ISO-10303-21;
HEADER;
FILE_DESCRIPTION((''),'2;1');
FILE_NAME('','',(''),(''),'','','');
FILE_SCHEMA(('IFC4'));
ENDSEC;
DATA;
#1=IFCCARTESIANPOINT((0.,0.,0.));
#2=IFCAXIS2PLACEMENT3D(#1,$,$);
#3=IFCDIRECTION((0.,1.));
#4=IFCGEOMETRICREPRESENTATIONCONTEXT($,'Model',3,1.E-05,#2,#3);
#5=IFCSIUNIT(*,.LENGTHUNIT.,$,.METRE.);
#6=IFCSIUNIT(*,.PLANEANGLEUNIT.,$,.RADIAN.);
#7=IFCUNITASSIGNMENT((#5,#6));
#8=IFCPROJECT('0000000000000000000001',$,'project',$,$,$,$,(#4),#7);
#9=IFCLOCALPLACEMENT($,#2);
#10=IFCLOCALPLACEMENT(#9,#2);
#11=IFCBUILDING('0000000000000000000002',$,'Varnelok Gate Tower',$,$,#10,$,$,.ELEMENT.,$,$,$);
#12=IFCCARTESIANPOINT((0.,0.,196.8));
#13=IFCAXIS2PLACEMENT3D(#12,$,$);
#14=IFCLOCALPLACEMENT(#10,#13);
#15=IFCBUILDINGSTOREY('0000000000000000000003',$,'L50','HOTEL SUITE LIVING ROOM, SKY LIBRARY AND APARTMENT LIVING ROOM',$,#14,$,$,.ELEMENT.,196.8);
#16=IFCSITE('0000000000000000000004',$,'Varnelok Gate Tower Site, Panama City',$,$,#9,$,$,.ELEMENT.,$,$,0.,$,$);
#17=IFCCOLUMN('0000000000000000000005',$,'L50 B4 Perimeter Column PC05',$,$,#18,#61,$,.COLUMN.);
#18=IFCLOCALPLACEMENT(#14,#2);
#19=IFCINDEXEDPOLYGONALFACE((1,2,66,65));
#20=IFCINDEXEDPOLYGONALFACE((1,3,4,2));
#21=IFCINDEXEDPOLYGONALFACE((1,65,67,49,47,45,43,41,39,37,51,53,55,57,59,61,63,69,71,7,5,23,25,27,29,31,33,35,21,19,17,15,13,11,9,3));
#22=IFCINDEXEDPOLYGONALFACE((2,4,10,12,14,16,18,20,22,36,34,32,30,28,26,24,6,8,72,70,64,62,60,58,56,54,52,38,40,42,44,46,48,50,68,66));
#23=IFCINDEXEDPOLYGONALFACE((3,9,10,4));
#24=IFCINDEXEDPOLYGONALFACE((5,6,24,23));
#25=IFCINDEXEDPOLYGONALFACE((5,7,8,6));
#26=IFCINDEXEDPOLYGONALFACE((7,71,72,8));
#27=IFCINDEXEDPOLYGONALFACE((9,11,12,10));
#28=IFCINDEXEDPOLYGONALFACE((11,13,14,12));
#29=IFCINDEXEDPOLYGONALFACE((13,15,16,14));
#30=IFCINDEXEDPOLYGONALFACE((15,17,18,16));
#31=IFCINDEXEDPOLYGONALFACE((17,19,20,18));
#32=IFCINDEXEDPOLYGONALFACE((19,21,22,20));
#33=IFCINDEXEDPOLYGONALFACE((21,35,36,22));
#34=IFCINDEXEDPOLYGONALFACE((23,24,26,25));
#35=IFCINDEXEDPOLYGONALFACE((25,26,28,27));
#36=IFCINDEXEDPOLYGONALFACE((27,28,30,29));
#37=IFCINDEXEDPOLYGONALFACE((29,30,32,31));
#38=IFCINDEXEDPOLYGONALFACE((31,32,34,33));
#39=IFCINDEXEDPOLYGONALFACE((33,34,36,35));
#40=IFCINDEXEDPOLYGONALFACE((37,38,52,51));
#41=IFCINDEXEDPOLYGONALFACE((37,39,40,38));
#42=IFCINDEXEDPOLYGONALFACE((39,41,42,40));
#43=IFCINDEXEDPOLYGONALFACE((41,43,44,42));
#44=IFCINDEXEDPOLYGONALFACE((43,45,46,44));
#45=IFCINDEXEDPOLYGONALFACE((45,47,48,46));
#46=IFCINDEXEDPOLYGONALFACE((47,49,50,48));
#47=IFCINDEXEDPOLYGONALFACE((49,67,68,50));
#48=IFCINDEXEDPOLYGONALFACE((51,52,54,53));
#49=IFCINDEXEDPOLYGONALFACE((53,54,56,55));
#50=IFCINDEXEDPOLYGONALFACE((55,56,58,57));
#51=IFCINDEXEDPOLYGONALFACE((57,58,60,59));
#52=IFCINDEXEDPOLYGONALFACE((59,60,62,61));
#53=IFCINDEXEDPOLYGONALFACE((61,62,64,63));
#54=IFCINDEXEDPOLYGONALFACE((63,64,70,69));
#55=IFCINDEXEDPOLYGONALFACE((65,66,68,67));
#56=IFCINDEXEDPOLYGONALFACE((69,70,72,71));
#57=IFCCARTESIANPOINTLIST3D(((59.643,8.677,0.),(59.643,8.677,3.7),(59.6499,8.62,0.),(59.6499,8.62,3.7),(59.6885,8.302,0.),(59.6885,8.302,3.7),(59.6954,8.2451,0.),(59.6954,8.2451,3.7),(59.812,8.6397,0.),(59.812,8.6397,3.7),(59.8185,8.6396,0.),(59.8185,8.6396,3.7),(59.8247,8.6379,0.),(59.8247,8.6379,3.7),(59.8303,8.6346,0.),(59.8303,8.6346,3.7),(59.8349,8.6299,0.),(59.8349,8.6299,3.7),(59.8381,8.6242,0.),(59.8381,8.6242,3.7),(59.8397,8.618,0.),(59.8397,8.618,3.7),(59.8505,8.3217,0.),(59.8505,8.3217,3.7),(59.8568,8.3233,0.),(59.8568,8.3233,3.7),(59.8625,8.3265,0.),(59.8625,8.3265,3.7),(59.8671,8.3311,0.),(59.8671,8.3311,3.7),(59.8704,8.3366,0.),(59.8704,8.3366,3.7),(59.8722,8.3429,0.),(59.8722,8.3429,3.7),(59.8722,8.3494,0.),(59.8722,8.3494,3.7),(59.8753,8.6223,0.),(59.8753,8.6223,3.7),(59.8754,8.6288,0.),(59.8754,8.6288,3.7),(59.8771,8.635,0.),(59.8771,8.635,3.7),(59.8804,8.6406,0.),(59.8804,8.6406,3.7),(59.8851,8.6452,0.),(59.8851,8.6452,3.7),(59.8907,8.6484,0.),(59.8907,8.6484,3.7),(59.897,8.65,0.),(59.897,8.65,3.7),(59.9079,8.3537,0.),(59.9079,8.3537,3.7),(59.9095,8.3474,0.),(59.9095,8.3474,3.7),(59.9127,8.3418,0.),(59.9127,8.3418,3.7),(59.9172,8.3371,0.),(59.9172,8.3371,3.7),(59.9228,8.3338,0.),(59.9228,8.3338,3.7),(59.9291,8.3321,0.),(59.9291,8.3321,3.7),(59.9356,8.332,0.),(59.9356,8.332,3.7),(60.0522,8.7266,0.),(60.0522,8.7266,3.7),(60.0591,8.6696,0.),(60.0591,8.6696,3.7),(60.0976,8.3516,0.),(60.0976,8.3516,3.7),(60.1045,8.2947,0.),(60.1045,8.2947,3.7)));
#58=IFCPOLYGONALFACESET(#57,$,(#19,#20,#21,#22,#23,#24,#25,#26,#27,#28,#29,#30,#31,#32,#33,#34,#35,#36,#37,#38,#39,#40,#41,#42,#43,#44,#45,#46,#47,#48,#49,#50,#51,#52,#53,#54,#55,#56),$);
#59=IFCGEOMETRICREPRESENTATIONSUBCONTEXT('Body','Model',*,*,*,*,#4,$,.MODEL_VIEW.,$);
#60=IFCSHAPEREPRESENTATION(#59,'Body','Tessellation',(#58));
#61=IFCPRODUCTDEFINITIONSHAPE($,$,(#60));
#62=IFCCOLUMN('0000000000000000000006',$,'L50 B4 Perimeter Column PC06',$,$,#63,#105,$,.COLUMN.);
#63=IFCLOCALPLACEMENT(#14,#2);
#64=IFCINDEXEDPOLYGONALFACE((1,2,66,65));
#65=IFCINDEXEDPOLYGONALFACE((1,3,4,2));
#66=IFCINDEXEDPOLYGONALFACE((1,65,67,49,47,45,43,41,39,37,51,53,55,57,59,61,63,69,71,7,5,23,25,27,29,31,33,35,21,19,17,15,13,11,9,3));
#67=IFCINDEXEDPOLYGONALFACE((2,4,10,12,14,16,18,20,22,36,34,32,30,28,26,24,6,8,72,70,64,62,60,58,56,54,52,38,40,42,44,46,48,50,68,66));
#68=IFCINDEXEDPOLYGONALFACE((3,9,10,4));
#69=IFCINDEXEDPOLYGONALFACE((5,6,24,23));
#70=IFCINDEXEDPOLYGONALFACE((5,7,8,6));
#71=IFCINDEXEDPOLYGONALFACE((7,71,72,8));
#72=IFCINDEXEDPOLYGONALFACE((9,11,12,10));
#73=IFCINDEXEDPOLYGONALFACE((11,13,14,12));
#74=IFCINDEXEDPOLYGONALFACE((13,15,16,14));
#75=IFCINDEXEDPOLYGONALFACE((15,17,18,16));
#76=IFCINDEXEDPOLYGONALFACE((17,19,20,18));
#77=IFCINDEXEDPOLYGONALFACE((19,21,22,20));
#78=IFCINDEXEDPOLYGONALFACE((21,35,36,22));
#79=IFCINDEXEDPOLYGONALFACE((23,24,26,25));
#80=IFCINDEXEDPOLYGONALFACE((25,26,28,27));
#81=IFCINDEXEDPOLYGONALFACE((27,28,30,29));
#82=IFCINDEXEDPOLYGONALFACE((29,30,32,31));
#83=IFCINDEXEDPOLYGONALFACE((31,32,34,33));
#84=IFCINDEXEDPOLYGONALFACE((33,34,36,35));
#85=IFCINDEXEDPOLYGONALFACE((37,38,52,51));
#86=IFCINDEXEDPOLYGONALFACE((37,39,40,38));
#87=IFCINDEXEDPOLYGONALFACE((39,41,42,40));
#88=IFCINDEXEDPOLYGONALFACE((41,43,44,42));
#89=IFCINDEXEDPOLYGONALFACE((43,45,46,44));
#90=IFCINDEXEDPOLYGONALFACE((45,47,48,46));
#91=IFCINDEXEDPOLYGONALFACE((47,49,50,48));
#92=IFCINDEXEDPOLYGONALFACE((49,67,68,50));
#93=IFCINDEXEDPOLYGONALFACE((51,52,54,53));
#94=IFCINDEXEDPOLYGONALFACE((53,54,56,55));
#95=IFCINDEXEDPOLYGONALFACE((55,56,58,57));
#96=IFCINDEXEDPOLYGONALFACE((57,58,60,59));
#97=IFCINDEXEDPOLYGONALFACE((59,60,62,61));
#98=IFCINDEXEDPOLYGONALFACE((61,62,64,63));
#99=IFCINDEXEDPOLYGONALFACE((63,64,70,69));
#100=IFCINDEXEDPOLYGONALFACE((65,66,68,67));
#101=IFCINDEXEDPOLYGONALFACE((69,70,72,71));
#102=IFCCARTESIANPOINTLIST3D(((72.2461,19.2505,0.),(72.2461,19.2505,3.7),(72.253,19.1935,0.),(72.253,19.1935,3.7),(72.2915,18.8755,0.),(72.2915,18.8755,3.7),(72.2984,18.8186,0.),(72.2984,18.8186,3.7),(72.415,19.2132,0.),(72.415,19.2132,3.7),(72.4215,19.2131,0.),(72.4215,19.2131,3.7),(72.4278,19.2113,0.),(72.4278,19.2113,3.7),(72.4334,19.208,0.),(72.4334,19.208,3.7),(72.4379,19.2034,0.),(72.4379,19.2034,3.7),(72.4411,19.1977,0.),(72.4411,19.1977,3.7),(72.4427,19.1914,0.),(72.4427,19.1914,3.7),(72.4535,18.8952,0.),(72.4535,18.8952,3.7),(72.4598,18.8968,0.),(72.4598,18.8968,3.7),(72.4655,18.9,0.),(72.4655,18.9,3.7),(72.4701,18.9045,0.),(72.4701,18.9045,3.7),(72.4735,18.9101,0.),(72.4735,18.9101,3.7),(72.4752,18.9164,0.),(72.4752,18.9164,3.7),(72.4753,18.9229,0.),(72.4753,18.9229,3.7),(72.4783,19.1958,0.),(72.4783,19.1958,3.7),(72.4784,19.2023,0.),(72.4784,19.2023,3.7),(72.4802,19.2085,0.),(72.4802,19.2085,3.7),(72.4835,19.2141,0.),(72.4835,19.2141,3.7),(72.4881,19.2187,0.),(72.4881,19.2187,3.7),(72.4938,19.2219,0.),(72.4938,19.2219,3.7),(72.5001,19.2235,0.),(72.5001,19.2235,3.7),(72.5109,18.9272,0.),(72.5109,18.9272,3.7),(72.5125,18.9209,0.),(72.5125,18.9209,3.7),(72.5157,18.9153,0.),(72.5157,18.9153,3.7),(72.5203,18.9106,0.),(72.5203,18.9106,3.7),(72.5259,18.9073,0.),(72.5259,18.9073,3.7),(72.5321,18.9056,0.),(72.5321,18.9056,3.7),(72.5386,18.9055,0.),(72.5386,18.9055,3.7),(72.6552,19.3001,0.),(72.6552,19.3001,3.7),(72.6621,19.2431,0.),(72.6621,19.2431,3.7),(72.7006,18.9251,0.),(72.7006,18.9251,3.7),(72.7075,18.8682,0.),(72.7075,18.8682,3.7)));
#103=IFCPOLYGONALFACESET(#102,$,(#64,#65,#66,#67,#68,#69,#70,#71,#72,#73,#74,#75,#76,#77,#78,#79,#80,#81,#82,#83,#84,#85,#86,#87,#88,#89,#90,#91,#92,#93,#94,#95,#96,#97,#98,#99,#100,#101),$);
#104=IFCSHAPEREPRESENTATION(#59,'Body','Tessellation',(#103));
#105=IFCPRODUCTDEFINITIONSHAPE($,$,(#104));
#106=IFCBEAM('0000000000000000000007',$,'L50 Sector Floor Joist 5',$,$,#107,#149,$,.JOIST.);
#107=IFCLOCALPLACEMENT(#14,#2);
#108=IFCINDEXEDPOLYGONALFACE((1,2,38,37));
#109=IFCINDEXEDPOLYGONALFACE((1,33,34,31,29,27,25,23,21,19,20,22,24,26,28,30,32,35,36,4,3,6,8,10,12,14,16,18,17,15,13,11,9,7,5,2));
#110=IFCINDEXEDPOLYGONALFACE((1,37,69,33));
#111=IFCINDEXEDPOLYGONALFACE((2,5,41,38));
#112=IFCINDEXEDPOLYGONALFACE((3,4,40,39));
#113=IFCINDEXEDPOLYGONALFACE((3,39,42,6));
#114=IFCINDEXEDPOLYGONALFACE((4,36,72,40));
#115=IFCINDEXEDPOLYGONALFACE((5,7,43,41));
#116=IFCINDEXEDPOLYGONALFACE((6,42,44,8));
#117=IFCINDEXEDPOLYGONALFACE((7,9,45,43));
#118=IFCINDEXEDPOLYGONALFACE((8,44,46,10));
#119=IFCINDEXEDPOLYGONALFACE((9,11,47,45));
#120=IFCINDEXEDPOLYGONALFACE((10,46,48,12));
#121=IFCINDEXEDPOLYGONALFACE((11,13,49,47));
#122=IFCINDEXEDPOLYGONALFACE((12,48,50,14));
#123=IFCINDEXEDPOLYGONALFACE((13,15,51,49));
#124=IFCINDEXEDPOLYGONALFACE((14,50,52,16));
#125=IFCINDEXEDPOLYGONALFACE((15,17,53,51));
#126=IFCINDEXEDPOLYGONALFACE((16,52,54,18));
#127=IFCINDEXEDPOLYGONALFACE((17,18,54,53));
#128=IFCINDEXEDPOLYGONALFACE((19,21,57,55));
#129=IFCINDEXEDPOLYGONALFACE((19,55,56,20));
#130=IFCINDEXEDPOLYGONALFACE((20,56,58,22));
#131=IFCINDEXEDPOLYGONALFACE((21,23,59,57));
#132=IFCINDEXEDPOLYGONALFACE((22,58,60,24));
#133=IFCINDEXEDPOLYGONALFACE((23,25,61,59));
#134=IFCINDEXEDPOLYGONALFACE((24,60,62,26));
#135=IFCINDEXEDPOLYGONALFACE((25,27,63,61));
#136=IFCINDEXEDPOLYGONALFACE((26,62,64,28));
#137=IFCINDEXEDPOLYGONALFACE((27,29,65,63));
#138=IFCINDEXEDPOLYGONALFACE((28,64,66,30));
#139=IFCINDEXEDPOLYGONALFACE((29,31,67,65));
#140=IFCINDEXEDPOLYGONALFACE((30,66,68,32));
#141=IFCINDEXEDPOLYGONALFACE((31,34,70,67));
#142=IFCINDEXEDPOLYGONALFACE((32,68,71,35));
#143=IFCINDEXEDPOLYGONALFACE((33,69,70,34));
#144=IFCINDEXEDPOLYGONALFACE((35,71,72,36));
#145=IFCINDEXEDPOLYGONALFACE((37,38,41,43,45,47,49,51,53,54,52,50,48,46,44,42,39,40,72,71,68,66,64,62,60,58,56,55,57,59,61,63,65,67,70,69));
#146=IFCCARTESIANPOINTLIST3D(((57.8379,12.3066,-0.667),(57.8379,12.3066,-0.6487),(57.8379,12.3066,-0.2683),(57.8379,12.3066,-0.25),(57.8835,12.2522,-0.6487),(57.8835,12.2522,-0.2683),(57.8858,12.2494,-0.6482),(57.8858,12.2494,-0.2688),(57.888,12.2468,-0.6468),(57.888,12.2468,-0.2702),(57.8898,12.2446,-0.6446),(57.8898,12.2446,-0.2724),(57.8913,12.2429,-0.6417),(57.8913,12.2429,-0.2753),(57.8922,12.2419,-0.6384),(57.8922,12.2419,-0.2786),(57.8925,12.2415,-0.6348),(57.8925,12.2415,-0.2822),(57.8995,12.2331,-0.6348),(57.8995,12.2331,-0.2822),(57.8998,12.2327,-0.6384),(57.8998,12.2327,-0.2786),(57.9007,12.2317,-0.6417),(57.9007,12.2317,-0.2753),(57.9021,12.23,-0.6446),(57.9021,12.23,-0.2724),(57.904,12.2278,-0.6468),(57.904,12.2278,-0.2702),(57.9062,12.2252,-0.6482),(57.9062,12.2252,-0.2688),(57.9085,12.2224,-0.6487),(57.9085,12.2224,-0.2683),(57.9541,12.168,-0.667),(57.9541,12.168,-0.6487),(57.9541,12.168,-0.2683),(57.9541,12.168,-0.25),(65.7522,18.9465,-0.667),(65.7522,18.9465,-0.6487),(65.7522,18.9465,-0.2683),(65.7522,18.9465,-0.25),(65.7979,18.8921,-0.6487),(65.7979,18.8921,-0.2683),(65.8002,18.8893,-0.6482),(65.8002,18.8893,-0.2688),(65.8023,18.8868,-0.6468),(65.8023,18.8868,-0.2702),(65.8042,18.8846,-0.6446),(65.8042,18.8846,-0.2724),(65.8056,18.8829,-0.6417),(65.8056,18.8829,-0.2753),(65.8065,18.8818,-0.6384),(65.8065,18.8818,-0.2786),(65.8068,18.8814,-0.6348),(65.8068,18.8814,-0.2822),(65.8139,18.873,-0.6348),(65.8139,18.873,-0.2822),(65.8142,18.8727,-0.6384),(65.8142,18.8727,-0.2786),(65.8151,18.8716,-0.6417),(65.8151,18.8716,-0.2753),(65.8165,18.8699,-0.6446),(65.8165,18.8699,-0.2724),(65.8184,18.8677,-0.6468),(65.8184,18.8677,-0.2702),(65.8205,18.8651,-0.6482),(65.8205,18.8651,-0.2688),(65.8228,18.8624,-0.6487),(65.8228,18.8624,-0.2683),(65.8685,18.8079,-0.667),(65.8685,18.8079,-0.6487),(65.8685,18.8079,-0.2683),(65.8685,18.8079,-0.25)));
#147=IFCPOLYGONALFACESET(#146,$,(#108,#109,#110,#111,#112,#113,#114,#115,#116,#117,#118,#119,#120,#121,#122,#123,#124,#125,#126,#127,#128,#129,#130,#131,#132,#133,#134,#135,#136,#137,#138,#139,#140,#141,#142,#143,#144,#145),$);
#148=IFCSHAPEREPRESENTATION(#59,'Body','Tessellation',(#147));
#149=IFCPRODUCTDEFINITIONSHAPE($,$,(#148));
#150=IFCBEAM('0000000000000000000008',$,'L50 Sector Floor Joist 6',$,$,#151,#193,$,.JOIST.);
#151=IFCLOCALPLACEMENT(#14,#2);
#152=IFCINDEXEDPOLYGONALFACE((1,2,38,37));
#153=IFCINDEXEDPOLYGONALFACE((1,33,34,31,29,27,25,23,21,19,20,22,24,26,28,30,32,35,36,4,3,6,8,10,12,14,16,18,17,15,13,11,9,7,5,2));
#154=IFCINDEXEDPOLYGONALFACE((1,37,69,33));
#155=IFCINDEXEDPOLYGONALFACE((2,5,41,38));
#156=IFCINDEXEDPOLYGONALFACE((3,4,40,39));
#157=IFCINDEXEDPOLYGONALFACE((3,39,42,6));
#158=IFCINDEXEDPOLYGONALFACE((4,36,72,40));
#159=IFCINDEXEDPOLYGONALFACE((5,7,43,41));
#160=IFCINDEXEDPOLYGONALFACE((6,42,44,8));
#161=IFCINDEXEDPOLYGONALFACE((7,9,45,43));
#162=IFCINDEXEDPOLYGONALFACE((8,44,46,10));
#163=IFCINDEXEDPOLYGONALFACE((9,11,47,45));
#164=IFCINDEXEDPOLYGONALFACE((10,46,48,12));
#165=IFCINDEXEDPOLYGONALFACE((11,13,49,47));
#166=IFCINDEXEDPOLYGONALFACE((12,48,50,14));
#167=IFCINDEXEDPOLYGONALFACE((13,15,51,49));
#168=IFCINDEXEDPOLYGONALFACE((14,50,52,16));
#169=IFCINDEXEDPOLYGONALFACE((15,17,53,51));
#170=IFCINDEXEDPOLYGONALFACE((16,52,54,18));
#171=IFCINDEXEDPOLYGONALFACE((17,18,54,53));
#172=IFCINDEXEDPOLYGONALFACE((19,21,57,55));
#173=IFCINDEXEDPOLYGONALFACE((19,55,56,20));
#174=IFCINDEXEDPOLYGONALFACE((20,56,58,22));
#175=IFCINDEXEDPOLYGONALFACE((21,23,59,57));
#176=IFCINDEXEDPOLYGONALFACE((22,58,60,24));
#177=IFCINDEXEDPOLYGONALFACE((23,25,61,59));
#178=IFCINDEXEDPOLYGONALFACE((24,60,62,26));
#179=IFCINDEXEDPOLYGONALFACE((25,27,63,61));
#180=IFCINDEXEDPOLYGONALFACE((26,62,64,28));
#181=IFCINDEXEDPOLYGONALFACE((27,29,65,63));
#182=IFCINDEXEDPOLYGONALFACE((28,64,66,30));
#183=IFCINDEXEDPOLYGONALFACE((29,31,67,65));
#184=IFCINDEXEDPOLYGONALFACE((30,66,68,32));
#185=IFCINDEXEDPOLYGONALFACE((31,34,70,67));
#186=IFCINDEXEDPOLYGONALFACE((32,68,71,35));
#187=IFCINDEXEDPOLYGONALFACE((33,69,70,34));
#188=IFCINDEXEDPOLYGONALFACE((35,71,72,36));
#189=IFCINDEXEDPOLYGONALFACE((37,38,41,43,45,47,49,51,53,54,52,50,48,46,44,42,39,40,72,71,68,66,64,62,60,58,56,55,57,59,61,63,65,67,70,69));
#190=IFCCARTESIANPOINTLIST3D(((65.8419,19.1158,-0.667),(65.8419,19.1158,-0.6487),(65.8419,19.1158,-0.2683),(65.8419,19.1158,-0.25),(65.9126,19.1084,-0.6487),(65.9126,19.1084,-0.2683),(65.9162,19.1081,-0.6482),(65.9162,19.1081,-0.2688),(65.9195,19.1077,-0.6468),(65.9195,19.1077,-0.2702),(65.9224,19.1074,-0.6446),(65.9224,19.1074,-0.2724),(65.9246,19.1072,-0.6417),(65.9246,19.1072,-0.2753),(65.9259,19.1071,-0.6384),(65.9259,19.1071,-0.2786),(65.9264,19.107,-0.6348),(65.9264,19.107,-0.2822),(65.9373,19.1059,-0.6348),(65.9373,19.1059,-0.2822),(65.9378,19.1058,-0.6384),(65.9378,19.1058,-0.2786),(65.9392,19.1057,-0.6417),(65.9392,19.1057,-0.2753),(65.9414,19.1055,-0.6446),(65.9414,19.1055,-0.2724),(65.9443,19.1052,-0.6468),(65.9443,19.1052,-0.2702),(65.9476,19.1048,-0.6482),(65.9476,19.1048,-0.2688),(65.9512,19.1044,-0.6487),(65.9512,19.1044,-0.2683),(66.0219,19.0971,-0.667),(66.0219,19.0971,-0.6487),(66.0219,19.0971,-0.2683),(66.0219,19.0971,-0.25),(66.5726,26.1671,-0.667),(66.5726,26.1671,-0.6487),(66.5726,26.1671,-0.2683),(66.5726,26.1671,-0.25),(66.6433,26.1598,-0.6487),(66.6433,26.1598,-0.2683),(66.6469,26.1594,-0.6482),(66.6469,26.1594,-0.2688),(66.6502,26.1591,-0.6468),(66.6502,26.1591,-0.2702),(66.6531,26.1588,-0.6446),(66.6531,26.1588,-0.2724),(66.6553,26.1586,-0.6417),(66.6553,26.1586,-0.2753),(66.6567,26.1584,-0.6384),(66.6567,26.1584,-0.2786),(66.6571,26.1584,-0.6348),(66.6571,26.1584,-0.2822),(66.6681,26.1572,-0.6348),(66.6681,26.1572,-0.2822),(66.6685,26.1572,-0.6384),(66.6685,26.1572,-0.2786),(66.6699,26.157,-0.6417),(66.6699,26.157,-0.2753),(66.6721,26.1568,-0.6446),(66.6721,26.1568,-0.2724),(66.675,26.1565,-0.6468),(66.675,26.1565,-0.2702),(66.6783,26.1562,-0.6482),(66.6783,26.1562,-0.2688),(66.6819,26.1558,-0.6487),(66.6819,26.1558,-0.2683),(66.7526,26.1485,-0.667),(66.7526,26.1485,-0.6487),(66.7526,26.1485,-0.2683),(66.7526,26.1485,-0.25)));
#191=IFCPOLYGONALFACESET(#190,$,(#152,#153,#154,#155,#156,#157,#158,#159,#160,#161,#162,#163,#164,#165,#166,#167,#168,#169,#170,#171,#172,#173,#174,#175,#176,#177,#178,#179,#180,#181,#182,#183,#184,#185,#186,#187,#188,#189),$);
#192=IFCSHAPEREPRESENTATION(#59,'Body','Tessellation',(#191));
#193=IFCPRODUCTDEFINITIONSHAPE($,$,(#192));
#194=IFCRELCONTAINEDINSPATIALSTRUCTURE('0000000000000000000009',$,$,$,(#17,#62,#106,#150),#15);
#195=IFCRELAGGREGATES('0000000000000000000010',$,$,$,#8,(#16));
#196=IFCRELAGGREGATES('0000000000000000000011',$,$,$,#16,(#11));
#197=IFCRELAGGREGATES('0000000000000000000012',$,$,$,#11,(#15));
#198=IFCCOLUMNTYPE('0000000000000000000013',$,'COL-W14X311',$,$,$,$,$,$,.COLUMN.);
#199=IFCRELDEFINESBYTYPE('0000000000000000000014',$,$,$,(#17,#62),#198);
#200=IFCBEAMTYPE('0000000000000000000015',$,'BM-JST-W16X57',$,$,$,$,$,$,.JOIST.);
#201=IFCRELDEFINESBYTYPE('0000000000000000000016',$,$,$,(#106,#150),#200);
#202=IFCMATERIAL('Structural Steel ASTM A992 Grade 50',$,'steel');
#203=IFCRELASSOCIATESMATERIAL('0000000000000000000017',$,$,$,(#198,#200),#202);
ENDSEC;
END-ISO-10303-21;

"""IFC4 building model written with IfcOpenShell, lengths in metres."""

from ifc_helpers import new_model, si_unit, direction, frame, origin, origin_2d, place, context, subcontext, project, spatial, i_section, extrude, material, material_profile, profile_set, type_object, element, save


model = new_model("IFC4")

# Units and contexts
model_context = context("Model", 3, precision=1e-05, world=origin(), true_north=direction((0.0, 1.0)))
body_context = subcontext(model_context, "Body", "Model", "MODEL_VIEW")
ifc_project = project(units=[si_unit("LENGTHUNIT", "METRE"), si_unit("PLANEANGLEUNIT", "RADIAN")], contexts=[model_context])

# Site, building, storey
site_placement = place(None, origin())
site = spatial("IfcSite", under=ifc_project, at=site_placement, Name="Varnelok Gate Tower Site, Panama City", CompositionType="ELEMENT", RefElevation=0.0)
building_placement = place(site_placement, origin())
building = spatial("IfcBuilding", under=site, at=building_placement, Name="Varnelok Gate Tower", CompositionType="ELEMENT")
storey_placement = place(building_placement, frame((0.0, 0.0, 196.8)))
storey = spatial("IfcBuildingStorey", under=building, at=storey_placement, Name="L50", Description="HOTEL SUITE LIVING ROOM, SKY LIBRARY AND APARTMENT LIVING ROOM", CompositionType="ELEMENT", Elevation=196.8)

# Columns
ifc_material_1 = material(Name="Structural Steel ASTM A992 Grade 50", Category="steel")
ifc_material_profile_1 = material_profile(ifc_material_1, i_section(OverallWidth=0.4121, OverallDepth=0.4351, WebThickness=0.0359, FlangeThickness=0.0574, FilletRadius=0.0249, at=origin_2d()), Name="W14X311")
ifc_profile_set_1 = profile_set([ifc_material_profile_1], Name="Structural Steel ASTM A992 Grade 50")
column_type = type_object("IfcColumnType", Name="COL-W14X311", PredefinedType="COLUMN", material=ifc_profile_set_1)
for number, where, z_axis, x_axis, name in (
    (1, (59.8738, 8.4858, 0.0), (0.0, 0.0, 1.0), (0.992732, 0.120345, 0.0), "L50 B4 Perimeter Column PC05"),
    (2, (72.4768, 19.0593, 0.0), (0.0, 0.0, 1.0), (0.992732, 0.120345, 0.0), "L50 B4 Perimeter Column PC06"),
):
    element("IfcColumn", number, at=place(storey_placement, frame(where, z_axis=z_axis, x_axis=x_axis)), inside=storey, type_object=column_type, Name=name, PredefinedType="COLUMN", context=body_context, shape_type="SweptSolid", body=[
        extrude(i_section(OverallWidth=0.4121, OverallDepth=0.4351, WebThickness=0.0359, FlangeThickness=0.0574, FilletRadius=0.0249, at=origin_2d()), origin(), (0.0, 0.0, 1.0), 3.7),
    ])

# Beams
ifc_material_profile_2 = material_profile(ifc_material_1, i_section(OverallWidth=0.1809, OverallDepth=0.417, WebThickness=0.011, FlangeThickness=0.0183, FilletRadius=0.0139, at=origin_2d()), Name="W16X57")
ifc_profile_set_2 = profile_set([ifc_material_profile_2], Name="Structural Steel ASTM A992 Grade 50")
beam_type_1 = type_object("IfcBeamType", Name="BM-JST-W16X57", PredefinedType="JOIST", material=ifc_profile_set_2)
beam_1_placement = place(storey_placement, frame((57.896, 12.2373, -0.4585), z_axis=(0.766092, 0.642731, 0.0), x_axis=(-0.642731, 0.766092, 0.0)))
element("IfcBeam", 3, at=beam_1_placement, inside=storey, type_object=beam_type_1, Name="L50 Sector Floor Joist 5", PredefinedType="JOIST", context=body_context, shape_type="SweptSolid", body=[
    extrude(i_section(OverallWidth=0.1809, OverallDepth=0.417, WebThickness=0.011, FlangeThickness=0.0183, FilletRadius=0.0139, at=origin_2d()), origin(), (0.0, 0.0, 1.0), 10.3308),
])
beam_2_placement = place(storey_placement, frame((65.9319, 19.1064, -0.4585), z_axis=(0.103077, 0.994673, 0.0), x_axis=(-0.994673, 0.103077, 0.0)))
element("IfcBeam", 4, at=beam_2_placement, inside=storey, type_object=beam_type_1, Name="L50 Sector Floor Joist 6", PredefinedType="JOIST", context=body_context, shape_type="SweptSolid", body=[
    extrude(i_section(OverallWidth=0.1809, OverallDepth=0.417, WebThickness=0.011, FlangeThickness=0.0183, FilletRadius=0.0139, at=origin_2d()), origin(), (0.0, 0.0, 1.0), 7.0891),
])

save(model, "model.ifc")
